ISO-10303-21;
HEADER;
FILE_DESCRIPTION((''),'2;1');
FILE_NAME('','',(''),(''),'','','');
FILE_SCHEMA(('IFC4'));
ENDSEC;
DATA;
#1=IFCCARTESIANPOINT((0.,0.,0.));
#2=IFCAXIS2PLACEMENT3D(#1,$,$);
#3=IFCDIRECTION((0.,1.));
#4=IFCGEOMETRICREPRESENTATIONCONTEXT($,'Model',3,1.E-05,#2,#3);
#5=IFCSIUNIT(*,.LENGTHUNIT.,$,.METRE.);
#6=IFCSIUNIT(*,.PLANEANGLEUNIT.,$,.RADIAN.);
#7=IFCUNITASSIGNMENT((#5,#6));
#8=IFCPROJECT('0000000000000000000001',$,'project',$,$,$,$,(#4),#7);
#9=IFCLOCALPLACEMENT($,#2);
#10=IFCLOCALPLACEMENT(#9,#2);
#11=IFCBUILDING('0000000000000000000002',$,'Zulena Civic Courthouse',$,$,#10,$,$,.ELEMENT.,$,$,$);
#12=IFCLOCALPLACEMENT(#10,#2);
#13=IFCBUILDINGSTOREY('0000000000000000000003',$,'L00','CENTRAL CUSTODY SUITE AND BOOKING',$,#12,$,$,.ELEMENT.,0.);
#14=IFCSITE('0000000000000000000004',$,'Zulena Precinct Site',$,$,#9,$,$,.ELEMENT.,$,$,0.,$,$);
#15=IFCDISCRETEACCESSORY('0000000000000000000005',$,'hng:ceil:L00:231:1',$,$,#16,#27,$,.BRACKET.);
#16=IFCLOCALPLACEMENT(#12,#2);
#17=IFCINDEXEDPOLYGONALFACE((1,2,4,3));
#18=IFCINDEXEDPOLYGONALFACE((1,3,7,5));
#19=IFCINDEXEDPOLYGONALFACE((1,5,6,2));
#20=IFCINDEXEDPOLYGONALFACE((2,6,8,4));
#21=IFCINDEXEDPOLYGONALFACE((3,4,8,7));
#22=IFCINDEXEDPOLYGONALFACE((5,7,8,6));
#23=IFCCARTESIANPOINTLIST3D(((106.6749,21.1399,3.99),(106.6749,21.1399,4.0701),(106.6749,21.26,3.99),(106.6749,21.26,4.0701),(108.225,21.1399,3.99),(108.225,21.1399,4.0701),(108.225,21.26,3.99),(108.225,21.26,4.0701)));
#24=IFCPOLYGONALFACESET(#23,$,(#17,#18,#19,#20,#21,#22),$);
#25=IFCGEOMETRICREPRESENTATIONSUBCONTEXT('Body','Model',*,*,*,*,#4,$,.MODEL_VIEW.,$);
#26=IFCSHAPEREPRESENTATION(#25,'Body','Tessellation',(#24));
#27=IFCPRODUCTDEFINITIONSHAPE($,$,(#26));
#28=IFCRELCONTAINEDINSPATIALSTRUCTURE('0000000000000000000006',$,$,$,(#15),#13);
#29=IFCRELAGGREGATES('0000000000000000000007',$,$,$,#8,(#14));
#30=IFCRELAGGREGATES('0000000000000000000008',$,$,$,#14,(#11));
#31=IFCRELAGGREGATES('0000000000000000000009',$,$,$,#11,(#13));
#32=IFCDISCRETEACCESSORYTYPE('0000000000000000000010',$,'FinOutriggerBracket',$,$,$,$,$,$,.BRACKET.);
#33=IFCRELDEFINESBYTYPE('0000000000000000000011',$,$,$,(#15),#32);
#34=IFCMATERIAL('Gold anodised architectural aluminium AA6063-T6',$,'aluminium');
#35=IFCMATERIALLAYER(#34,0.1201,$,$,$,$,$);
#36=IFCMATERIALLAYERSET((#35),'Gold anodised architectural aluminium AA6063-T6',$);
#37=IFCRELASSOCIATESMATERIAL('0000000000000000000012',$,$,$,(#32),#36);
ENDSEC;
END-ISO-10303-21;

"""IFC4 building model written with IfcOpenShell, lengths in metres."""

from ifc_helpers import new_model, si_unit, direction, frame, origin, origin_2d, place, context, subcontext, project, spatial, rectangle, extrude, material, layer, layer_set, type_object, element, save


model = new_model("IFC4")

# Units and contexts
model_context = context("Model", 3, precision=1e-05, world=origin(), true_north=direction((0.0, 1.0)))
body_context = subcontext(model_context, "Body", "Model", "MODEL_VIEW")
ifc_project = project(units=[si_unit("LENGTHUNIT", "METRE"), si_unit("PLANEANGLEUNIT", "RADIAN")], contexts=[model_context])

# Site, building, storey
site_placement = place(None, origin())
site = spatial("IfcSite", under=ifc_project, at=site_placement, Name="Zulena Precinct Site", CompositionType="ELEMENT", RefElevation=0.0)
building_placement = place(site_placement, origin())
building = spatial("IfcBuilding", under=site, at=building_placement, Name="Zulena Civic Courthouse", CompositionType="ELEMENT")
storey_placement = place(building_placement, origin())
storey = spatial("IfcBuildingStorey", under=building, at=storey_placement, Name="L00", Description="CENTRAL CUSTODY SUITE AND BOOKING", CompositionType="ELEMENT", Elevation=0.0)

# Discrete accessory
ifc_material_1 = material(Name="Gold anodised architectural aluminium AA6063-T6", Category="aluminium")
ifc_layer_1 = layer(ifc_material_1, 0.1201)
ifc_layer_set_1 = layer_set([ifc_layer_1], Name="Gold anodised architectural aluminium AA6063-T6")
discrete_accessory_type = type_object("IfcDiscreteAccessoryType", Name="FinOutriggerBracket", PredefinedType="BRACKET", material=ifc_layer_set_1)
discrete_accessory_placement = place(storey_placement, frame((107.45, 21.2, 3.99), z_axis=(0.0, 0.0, 1.0), x_axis=(1.0, 0.0, 0.0)))
element("IfcDiscreteAccessory", 1, at=discrete_accessory_placement, inside=storey, type_object=discrete_accessory_type, Name="hng:ceil:L00:231:1", PredefinedType="BRACKET", context=body_context, shape_type="SweptSolid", body=[
    extrude(rectangle(XDim=1.55, YDim=0.1201, at=origin_2d()), origin(), (0.0, 0.0, 1.0), 0.0801),
])

save(model, "model.ifc")
